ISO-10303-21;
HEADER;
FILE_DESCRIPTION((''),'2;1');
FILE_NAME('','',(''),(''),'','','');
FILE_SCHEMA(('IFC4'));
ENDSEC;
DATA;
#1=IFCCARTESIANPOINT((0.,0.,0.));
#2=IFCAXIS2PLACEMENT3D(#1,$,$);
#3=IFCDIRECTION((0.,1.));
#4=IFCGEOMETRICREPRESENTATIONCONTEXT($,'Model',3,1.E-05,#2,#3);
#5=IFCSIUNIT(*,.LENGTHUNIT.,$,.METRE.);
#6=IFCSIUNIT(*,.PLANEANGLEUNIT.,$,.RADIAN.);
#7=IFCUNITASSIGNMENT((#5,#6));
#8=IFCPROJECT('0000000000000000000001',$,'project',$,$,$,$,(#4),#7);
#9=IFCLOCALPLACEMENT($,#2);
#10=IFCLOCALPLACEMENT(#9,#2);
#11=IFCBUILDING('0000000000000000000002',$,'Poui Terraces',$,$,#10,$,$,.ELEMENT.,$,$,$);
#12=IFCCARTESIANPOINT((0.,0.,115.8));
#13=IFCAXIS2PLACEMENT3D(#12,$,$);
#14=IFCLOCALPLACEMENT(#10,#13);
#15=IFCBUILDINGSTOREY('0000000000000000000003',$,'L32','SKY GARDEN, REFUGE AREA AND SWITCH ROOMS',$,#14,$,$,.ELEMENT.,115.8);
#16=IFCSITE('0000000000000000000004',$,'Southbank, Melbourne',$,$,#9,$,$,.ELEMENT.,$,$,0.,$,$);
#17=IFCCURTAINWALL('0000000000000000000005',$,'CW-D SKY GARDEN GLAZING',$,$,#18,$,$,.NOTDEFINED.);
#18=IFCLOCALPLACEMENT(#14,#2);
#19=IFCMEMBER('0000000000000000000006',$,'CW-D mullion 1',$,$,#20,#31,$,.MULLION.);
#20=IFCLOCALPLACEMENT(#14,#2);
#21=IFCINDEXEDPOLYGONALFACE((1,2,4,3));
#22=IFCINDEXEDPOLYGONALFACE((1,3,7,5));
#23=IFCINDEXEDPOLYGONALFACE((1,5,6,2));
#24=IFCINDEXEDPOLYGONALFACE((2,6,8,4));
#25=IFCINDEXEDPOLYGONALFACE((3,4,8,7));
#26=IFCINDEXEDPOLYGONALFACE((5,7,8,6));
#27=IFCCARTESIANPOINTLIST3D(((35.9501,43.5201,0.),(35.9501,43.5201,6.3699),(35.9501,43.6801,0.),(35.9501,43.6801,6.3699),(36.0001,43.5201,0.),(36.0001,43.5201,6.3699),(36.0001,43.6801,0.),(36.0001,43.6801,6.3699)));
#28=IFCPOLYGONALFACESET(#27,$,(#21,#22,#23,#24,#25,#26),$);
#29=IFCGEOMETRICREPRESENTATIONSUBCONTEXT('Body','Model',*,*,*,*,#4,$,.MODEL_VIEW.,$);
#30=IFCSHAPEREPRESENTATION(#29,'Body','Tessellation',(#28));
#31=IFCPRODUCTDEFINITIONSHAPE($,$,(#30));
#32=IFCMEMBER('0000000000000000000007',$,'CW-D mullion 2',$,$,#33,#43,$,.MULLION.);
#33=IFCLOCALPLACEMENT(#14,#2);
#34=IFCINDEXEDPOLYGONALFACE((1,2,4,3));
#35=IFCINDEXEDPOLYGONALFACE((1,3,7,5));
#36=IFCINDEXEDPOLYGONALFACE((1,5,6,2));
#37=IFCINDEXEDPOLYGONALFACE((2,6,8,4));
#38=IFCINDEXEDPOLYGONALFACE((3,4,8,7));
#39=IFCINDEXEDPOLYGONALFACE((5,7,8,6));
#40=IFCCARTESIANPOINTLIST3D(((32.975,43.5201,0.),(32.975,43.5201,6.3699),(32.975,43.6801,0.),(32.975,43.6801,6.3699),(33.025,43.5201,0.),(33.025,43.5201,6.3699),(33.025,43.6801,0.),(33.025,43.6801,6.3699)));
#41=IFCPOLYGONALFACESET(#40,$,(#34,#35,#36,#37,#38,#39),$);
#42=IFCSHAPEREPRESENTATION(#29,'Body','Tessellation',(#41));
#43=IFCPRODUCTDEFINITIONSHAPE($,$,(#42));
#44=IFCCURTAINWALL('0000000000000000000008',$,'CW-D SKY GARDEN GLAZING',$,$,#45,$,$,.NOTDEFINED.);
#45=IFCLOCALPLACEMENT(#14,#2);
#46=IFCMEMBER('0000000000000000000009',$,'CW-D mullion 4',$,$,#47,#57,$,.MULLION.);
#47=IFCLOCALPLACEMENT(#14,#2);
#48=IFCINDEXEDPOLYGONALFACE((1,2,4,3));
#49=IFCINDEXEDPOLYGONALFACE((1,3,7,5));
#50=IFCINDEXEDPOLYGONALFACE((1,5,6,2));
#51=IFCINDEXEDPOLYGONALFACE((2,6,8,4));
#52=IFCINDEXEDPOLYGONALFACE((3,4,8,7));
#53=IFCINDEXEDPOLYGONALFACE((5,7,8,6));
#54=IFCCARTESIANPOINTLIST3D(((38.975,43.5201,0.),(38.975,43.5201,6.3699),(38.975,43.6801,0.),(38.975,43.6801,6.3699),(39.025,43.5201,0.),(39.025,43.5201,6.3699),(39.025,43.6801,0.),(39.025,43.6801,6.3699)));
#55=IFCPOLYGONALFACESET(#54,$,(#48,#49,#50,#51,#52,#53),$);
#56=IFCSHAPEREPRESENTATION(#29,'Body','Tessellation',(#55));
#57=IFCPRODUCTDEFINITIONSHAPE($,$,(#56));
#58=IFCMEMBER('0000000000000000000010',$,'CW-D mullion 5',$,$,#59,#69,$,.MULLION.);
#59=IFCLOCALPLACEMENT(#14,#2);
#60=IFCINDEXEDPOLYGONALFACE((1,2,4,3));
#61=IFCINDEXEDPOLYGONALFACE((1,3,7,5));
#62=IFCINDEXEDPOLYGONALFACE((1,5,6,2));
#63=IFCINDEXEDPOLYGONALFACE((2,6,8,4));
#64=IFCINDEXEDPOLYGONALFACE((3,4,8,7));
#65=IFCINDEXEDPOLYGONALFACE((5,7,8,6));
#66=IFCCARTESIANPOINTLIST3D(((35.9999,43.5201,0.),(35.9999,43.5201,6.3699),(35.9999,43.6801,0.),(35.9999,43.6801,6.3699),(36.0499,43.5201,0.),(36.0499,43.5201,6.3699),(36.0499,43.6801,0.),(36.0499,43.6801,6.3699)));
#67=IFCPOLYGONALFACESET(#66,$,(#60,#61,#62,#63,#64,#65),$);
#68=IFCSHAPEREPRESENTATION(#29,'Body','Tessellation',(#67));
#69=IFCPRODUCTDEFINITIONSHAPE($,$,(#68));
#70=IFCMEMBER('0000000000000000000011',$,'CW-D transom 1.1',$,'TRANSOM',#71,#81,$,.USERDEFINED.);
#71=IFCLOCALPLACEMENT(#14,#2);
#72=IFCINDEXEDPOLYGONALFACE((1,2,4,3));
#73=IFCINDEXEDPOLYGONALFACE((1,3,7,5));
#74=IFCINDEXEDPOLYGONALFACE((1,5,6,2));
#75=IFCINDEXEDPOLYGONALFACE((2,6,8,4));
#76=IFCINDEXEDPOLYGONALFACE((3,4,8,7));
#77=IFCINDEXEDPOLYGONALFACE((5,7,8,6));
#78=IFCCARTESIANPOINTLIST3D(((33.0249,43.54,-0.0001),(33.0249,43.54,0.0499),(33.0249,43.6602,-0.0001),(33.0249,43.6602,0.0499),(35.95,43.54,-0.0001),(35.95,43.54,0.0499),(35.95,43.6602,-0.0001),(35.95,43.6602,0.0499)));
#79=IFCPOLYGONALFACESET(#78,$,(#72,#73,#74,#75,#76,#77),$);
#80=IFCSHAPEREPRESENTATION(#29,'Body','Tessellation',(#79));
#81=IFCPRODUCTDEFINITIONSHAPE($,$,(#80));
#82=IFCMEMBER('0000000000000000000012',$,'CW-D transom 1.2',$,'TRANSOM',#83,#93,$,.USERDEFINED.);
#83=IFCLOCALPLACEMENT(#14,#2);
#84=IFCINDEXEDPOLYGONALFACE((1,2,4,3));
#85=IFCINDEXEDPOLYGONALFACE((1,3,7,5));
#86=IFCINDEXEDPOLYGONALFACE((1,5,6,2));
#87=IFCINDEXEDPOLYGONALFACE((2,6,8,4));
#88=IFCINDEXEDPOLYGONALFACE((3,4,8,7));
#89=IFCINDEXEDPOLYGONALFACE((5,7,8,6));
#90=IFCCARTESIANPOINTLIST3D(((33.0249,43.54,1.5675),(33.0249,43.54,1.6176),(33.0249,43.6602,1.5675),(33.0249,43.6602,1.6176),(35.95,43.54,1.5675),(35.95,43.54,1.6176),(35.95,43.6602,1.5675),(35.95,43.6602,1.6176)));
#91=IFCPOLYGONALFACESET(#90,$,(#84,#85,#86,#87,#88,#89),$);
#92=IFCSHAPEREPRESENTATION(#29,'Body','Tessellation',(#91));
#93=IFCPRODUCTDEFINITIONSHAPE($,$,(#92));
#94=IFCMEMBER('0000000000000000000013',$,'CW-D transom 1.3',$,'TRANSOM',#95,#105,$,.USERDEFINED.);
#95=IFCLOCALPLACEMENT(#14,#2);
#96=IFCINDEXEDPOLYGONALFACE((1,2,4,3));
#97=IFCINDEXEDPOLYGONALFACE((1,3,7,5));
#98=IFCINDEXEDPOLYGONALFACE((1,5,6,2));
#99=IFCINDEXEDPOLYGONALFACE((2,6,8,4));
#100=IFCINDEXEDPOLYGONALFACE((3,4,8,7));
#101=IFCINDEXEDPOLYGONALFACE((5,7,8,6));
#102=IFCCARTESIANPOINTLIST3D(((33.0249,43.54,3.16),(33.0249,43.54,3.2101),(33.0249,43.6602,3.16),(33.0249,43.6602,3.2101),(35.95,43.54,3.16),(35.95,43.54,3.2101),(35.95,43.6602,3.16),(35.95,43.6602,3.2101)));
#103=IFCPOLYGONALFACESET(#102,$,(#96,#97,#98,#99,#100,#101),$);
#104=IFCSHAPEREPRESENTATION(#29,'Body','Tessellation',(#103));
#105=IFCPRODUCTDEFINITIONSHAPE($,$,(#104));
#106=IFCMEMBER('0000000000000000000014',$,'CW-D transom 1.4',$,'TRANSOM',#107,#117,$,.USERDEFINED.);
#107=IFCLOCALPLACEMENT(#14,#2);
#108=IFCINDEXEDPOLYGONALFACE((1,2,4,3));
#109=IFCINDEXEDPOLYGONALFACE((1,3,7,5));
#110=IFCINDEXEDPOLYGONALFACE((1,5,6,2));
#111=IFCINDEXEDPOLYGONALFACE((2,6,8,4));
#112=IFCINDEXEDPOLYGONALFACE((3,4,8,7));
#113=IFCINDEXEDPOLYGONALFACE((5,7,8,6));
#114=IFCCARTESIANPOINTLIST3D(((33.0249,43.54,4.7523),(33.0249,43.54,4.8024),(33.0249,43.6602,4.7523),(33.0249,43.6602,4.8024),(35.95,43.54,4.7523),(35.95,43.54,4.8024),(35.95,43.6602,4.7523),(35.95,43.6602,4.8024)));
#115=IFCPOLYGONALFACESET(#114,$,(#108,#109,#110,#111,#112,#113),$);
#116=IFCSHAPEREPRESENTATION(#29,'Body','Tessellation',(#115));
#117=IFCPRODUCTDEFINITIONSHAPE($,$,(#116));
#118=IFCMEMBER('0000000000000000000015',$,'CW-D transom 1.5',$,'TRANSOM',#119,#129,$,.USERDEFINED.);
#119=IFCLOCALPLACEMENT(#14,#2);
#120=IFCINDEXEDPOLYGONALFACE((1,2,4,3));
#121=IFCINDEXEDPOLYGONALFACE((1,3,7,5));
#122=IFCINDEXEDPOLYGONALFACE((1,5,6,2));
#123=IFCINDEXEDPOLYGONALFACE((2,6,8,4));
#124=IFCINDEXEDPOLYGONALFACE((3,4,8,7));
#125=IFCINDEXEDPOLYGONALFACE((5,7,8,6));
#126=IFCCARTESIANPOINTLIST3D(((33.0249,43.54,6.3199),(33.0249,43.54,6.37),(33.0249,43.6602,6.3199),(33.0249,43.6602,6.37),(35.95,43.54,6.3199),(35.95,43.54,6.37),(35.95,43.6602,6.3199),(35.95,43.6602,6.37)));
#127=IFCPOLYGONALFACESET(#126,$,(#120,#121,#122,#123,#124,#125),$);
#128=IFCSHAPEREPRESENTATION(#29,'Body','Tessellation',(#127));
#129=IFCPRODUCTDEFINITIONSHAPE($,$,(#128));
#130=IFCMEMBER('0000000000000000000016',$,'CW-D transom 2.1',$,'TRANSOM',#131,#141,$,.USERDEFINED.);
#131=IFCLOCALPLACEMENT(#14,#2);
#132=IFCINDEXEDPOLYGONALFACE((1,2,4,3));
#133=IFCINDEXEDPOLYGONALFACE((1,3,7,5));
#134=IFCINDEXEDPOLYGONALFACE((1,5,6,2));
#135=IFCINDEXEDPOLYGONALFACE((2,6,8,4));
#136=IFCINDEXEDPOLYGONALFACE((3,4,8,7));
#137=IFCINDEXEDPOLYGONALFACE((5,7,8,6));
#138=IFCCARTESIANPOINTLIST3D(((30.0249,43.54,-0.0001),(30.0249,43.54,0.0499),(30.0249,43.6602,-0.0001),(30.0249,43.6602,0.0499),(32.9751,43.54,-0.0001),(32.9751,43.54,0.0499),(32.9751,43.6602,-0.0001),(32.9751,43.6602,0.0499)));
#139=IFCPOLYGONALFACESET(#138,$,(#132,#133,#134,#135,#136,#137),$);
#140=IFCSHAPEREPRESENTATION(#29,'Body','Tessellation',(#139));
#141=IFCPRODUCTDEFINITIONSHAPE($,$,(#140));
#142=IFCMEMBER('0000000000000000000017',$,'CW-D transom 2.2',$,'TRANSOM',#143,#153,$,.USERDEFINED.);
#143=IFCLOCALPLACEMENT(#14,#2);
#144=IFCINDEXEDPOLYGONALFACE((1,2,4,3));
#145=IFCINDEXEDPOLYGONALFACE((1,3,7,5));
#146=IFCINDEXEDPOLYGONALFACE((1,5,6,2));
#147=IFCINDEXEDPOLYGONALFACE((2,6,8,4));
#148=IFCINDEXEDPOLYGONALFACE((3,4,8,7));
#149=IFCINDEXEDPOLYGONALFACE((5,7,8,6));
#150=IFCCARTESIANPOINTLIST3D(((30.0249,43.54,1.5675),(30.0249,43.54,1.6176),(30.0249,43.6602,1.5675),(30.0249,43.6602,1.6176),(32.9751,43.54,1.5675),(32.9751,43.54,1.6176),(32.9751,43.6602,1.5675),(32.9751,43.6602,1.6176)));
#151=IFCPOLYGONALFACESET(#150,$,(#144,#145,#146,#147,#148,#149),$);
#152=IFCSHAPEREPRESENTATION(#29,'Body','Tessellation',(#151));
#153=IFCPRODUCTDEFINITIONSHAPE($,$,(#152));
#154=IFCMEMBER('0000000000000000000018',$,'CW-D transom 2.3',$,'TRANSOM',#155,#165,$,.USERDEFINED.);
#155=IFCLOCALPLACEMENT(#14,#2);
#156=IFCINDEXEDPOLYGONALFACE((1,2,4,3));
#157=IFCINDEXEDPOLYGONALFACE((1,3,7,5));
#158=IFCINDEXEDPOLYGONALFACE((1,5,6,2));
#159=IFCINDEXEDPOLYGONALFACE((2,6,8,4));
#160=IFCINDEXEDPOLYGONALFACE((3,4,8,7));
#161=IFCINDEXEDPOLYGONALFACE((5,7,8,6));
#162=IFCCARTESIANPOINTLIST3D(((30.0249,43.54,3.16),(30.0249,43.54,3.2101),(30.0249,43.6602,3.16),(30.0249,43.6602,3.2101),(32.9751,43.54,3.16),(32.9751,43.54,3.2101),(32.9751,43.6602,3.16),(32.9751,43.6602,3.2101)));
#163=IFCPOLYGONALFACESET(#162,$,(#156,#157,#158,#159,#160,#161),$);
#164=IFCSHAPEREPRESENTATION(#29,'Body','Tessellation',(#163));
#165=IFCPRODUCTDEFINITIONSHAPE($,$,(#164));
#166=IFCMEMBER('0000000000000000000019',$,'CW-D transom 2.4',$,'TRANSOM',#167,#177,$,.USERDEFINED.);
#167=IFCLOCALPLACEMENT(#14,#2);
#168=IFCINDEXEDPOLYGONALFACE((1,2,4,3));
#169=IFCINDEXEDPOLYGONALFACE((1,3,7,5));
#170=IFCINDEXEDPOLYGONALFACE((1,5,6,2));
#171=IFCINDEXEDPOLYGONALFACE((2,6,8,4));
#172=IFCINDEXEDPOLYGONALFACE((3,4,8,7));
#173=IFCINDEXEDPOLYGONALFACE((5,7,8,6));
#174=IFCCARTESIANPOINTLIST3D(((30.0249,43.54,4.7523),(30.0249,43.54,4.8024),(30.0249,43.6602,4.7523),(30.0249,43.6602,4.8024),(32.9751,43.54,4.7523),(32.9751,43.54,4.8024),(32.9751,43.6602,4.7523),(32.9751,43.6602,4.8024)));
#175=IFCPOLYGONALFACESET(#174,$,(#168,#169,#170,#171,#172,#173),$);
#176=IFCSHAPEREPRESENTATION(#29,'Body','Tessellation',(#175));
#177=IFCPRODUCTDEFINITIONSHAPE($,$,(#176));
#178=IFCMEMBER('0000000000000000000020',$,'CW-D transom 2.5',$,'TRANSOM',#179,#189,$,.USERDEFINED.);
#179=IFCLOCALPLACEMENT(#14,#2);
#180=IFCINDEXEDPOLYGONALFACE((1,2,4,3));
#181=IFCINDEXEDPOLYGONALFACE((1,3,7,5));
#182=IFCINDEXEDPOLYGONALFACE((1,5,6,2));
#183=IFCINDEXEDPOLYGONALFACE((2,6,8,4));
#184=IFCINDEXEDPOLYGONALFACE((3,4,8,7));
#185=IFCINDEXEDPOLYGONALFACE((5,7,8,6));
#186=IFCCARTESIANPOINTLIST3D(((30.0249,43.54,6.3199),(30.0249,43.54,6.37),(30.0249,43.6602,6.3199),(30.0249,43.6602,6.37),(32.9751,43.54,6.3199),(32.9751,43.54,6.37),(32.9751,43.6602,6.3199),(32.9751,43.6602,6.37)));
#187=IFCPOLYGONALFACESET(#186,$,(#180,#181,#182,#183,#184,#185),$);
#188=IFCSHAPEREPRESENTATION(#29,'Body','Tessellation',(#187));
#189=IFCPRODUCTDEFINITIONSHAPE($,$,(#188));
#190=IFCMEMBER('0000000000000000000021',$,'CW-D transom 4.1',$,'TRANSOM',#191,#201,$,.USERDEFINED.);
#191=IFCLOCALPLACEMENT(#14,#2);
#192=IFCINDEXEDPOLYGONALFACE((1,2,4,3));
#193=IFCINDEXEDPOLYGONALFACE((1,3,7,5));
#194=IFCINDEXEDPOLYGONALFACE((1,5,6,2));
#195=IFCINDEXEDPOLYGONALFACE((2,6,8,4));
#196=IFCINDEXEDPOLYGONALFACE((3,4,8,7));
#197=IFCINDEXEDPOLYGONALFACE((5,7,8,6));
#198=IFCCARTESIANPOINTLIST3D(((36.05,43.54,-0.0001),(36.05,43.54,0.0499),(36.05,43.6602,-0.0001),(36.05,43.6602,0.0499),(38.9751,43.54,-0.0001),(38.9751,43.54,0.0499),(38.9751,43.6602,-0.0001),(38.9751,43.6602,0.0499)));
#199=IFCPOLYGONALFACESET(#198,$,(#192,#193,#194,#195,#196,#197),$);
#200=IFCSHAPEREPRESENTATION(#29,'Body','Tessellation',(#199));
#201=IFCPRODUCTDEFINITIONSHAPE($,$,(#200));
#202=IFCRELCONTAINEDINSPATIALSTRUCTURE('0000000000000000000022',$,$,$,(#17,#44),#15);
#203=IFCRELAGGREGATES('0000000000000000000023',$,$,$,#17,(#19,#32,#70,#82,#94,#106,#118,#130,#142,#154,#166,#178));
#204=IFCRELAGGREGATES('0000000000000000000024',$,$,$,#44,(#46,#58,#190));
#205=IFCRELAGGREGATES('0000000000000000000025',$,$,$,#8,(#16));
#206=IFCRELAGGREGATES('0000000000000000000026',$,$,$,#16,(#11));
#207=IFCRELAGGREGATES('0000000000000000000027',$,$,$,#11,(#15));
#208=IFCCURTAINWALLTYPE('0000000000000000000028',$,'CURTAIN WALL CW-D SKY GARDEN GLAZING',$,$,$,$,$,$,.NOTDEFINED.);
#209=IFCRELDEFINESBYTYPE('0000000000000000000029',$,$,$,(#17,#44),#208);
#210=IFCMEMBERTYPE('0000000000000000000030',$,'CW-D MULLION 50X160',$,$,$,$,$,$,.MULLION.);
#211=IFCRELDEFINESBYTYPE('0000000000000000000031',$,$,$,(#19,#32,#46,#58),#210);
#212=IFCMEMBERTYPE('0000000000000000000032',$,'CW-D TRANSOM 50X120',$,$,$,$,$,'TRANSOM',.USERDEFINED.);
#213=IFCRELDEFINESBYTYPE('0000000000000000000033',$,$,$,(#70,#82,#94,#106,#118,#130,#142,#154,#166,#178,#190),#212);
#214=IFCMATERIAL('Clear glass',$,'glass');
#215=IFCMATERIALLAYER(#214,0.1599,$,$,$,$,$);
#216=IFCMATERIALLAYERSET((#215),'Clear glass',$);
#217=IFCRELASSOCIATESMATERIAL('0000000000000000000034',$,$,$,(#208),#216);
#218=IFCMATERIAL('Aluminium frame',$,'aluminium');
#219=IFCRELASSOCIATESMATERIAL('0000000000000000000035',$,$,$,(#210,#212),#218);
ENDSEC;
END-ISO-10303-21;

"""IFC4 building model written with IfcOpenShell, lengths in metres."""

from ifc_helpers import new_model, si_unit, direction, frame, origin, origin_2d, place, context, subcontext, project, spatial, rectangle, extrude, material, layer, layer_set, material_profile, profile_set, type_object, element, aggregate, save


model = new_model("IFC4")

# Units and contexts
model_context = context("Model", 3, precision=1e-05, world=origin(), true_north=direction((0.0, 1.0)))
body_context = subcontext(model_context, "Body", "Model", "MODEL_VIEW")
ifc_project = project(units=[si_unit("LENGTHUNIT", "METRE"), si_unit("PLANEANGLEUNIT", "RADIAN")], contexts=[model_context])

# Site, building, storey
site_placement = place(None, origin())
site = spatial("IfcSite", under=ifc_project, at=site_placement, Name="Southbank, Melbourne", CompositionType="ELEMENT", RefElevation=0.0)
building_placement = place(site_placement, origin())
building = spatial("IfcBuilding", under=site, at=building_placement, Name="Poui Terraces", CompositionType="ELEMENT")
storey_placement = place(building_placement, frame((0.0, 0.0, 115.8)))
storey = spatial("IfcBuildingStorey", under=building, at=storey_placement, Name="L32", Description="SKY GARDEN, REFUGE AREA AND SWITCH ROOMS", CompositionType="ELEMENT", Elevation=115.8)

# Curtain walls, members
ifc_material_1 = material(Name="Clear glass", Category="glass")
ifc_layer_1 = layer(ifc_material_1, 0.1599)
ifc_layer_set_1 = layer_set([ifc_layer_1], Name="Clear glass")
curtain_wall_type = type_object("IfcCurtainWallType", Name="CURTAIN WALL CW-D SKY GARDEN GLAZING", PredefinedType="NOTDEFINED", material=ifc_layer_set_1)
curtain_wall_1_placement = place(storey_placement, origin())
curtain_wall_1 = element("IfcCurtainWall", 1, at=curtain_wall_1_placement, inside=storey, type_object=curtain_wall_type, Name="CW-D SKY GARDEN GLAZING", PredefinedType="NOTDEFINED")
ifc_material_2 = material(Name="Aluminium frame", Category="aluminium")
ifc_material_profile_1 = material_profile(ifc_material_2, rectangle(XDim=0.1599, YDim=0.05, at=origin_2d()), Name="CW-D MULLION 50X160")
ifc_profile_set_1 = profile_set([ifc_material_profile_1], Name="Aluminium frame")
member_type_1 = type_object("IfcMemberType", Name="CW-D MULLION 50X160", PredefinedType="MULLION", material=ifc_profile_set_1)
member_1_placement = place(storey_placement, frame((35.9751, 43.6001, 0.0), z_axis=(0.0, 0.0, 1.0), x_axis=(0.0, -1.0, 0.0)))
member_1 = element("IfcMember", 2, at=member_1_placement, type_object=member_type_1, Name="CW-D mullion 1", PredefinedType="MULLION", context=body_context, shape_type="SweptSolid", body=[
    extrude(rectangle(XDim=0.1599, YDim=0.05, at=origin_2d()), origin(), (0.0, 0.0, 1.0), 6.3699),
])
member_2_placement = place(storey_placement, frame((33.0, 43.6001, 0.0), z_axis=(0.0, 0.0, 1.0), x_axis=(0.0, -1.0, 0.0)))
member_2 = element("IfcMember", 3, at=member_2_placement, type_object=member_type_1, Name="CW-D mullion 2", PredefinedType="MULLION", context=body_context, shape_type="SweptSolid", body=[
    extrude(rectangle(XDim=0.1599, YDim=0.05, at=origin_2d()), origin(), (0.0, 0.0, 1.0), 6.3699),
])
curtain_wall_2_placement = place(storey_placement, origin())
curtain_wall_2 = element("IfcCurtainWall", 4, at=curtain_wall_2_placement, inside=storey, type_object=curtain_wall_type, Name="CW-D SKY GARDEN GLAZING", PredefinedType="NOTDEFINED")
member_3_placement = place(storey_placement, frame((39.0, 43.6001, 0.0), z_axis=(0.0, 0.0, 1.0), x_axis=(0.0, -1.0, 0.0)))
member_3 = element("IfcMember", 5, at=member_3_placement, type_object=member_type_1, Name="CW-D mullion 4", PredefinedType="MULLION", context=body_context, shape_type="SweptSolid", body=[
    extrude(rectangle(XDim=0.1599, YDim=0.05, at=origin_2d()), origin(), (0.0, 0.0, 1.0), 6.3699),
])
member_4_placement = place(storey_placement, frame((36.0249, 43.6001, 0.0), z_axis=(0.0, 0.0, 1.0), x_axis=(0.0, -1.0, 0.0)))
member_4 = element("IfcMember", 6, at=member_4_placement, type_object=member_type_1, Name="CW-D mullion 5", PredefinedType="MULLION", context=body_context, shape_type="SweptSolid", body=[
    extrude(rectangle(XDim=0.1599, YDim=0.05, at=origin_2d()), origin(), (0.0, 0.0, 1.0), 6.3699),
])

# Members
ifc_material_profile_2 = material_profile(ifc_material_2, rectangle(XDim=0.1201, YDim=0.05, at=origin_2d()), Name="CW-D TRANSOM 50X120")
ifc_profile_set_2 = profile_set([ifc_material_profile_2], Name="Aluminium frame")
member_type_2 = type_object("IfcMemberType", Name="CW-D TRANSOM 50X120", ElementType="TRANSOM", PredefinedType="USERDEFINED", material=ifc_profile_set_2)
member_5_placement = place(storey_placement, frame((35.95, 43.6001, 0.0249), z_axis=(-1.0, 0.0, 0.0), x_axis=(0.0, -1.0, 0.0)))
member_5 = element("IfcMember", 7, at=member_5_placement, type_object=member_type_2, Name="CW-D transom 1.1", ObjectType="TRANSOM", PredefinedType="USERDEFINED", context=body_context, shape_type="SweptSolid", body=[
    extrude(rectangle(XDim=0.1201, YDim=0.05, at=origin_2d()), origin(), (0.0, 0.0, 1.0), 2.925),
])
member_6_placement = place(storey_placement, frame((35.95, 43.6001, 1.5925), z_axis=(-1.0, 0.0, 0.0), x_axis=(0.0, -1.0, 0.0)))
member_6 = element("IfcMember", 8, at=member_6_placement, type_object=member_type_2, Name="CW-D transom 1.2", ObjectType="TRANSOM", PredefinedType="USERDEFINED", context=body_context, shape_type="SweptSolid", body=[
    extrude(rectangle(XDim=0.1201, YDim=0.05, at=origin_2d()), origin(), (0.0, 0.0, 1.0), 2.925),
])
member_7_placement = place(storey_placement, frame((35.95, 43.6001, 3.1851), z_axis=(-1.0, 0.0, 0.0), x_axis=(0.0, -1.0, 0.0)))
member_7 = element("IfcMember", 9, at=member_7_placement, type_object=member_type_2, Name="CW-D transom 1.3", ObjectType="TRANSOM", PredefinedType="USERDEFINED", context=body_context, shape_type="SweptSolid", body=[
    extrude(rectangle(XDim=0.1201, YDim=0.05, at=origin_2d()), origin(), (0.0, 0.0, 1.0), 2.925),
])
member_8_placement = place(storey_placement, frame((35.95, 43.6001, 4.7773), z_axis=(-1.0, 0.0, 0.0), x_axis=(0.0, -1.0, 0.0)))
member_8 = element("IfcMember", 10, at=member_8_placement, type_object=member_type_2, Name="CW-D transom 1.4", ObjectType="TRANSOM", PredefinedType="USERDEFINED", context=body_context, shape_type="SweptSolid", body=[
    extrude(rectangle(XDim=0.1201, YDim=0.05, at=origin_2d()), origin(), (0.0, 0.0, 1.0), 2.925),
])
member_9_placement = place(storey_placement, frame((35.95, 43.6001, 6.345), z_axis=(-1.0, 0.0, 0.0), x_axis=(0.0, -1.0, 0.0)))
member_9 = element("IfcMember", 11, at=member_9_placement, type_object=member_type_2, Name="CW-D transom 1.5", ObjectType="TRANSOM", PredefinedType="USERDEFINED", context=body_context, shape_type="SweptSolid", body=[
    extrude(rectangle(XDim=0.1201, YDim=0.05, at=origin_2d()), origin(), (0.0, 0.0, 1.0), 2.925),
])
member_10_placement = place(storey_placement, frame((32.9751, 43.6001, 0.0249), z_axis=(-1.0, 0.0, 0.0), x_axis=(0.0, -1.0, 0.0)))
member_10 = element("IfcMember", 12, at=member_10_placement, type_object=member_type_2, Name="CW-D transom 2.1", ObjectType="TRANSOM", PredefinedType="USERDEFINED", context=body_context, shape_type="SweptSolid", body=[
    extrude(rectangle(XDim=0.1201, YDim=0.05, at=origin_2d()), origin(), (0.0, 0.0, 1.0), 2.9502),
])
member_11_placement = place(storey_placement, frame((32.9751, 43.6001, 1.5925), z_axis=(-1.0, 0.0, 0.0), x_axis=(0.0, -1.0, 0.0)))
member_11 = element("IfcMember", 13, at=member_11_placement, type_object=member_type_2, Name="CW-D transom 2.2", ObjectType="TRANSOM", PredefinedType="USERDEFINED", context=body_context, shape_type="SweptSolid", body=[
    extrude(rectangle(XDim=0.1201, YDim=0.05, at=origin_2d()), origin(), (0.0, 0.0, 1.0), 2.9502),
])
member_12_placement = place(storey_placement, frame((32.9751, 43.6001, 3.1851), z_axis=(-1.0, 0.0, 0.0), x_axis=(0.0, -1.0, 0.0)))
member_12 = element("IfcMember", 14, at=member_12_placement, type_object=member_type_2, Name="CW-D transom 2.3", ObjectType="TRANSOM", PredefinedType="USERDEFINED", context=body_context, shape_type="SweptSolid", body=[
    extrude(rectangle(XDim=0.1201, YDim=0.05, at=origin_2d()), origin(), (0.0, 0.0, 1.0), 2.9502),
])
member_13_placement = place(storey_placement, frame((32.9751, 43.6001, 4.7773), z_axis=(-1.0, 0.0, 0.0), x_axis=(0.0, -1.0, 0.0)))
member_13 = element("IfcMember", 15, at=member_13_placement, type_object=member_type_2, Name="CW-D transom 2.4", ObjectType="TRANSOM", PredefinedType="USERDEFINED", context=body_context, shape_type="SweptSolid", body=[
    extrude(rectangle(XDim=0.1201, YDim=0.05, at=origin_2d()), origin(), (0.0, 0.0, 1.0), 2.9502),
])
member_14_placement = place(storey_placement, frame((32.9751, 43.6001, 6.345), z_axis=(-1.0, 0.0, 0.0), x_axis=(0.0, -1.0, 0.0)))
member_14 = element("IfcMember", 16, at=member_14_placement, type_object=member_type_2, Name="CW-D transom 2.5", ObjectType="TRANSOM", PredefinedType="USERDEFINED", context=body_context, shape_type="SweptSolid", body=[
    extrude(rectangle(XDim=0.1201, YDim=0.05, at=origin_2d()), origin(), (0.0, 0.0, 1.0), 2.9502),
])
member_15_placement = place(storey_placement, frame((38.9751, 43.6001, 0.0249), z_axis=(-1.0, 0.0, 0.0), x_axis=(0.0, -1.0, 0.0)))
member_15 = element("IfcMember", 17, at=member_15_placement, type_object=member_type_2, Name="CW-D transom 4.1", ObjectType="TRANSOM", PredefinedType="USERDEFINED", context=body_context, shape_type="SweptSolid", body=[
    extrude(rectangle(XDim=0.1201, YDim=0.05, at=origin_2d()), origin(), (0.0, 0.0, 1.0), 2.925),
])

aggregate(curtain_wall_1, [member_1, member_2, member_5, member_6, member_7, member_8, member_9, member_10, member_11, member_12, member_13, member_14])
aggregate(curtain_wall_2, [member_3, member_4, member_15])

save(model, "model.ifc")
